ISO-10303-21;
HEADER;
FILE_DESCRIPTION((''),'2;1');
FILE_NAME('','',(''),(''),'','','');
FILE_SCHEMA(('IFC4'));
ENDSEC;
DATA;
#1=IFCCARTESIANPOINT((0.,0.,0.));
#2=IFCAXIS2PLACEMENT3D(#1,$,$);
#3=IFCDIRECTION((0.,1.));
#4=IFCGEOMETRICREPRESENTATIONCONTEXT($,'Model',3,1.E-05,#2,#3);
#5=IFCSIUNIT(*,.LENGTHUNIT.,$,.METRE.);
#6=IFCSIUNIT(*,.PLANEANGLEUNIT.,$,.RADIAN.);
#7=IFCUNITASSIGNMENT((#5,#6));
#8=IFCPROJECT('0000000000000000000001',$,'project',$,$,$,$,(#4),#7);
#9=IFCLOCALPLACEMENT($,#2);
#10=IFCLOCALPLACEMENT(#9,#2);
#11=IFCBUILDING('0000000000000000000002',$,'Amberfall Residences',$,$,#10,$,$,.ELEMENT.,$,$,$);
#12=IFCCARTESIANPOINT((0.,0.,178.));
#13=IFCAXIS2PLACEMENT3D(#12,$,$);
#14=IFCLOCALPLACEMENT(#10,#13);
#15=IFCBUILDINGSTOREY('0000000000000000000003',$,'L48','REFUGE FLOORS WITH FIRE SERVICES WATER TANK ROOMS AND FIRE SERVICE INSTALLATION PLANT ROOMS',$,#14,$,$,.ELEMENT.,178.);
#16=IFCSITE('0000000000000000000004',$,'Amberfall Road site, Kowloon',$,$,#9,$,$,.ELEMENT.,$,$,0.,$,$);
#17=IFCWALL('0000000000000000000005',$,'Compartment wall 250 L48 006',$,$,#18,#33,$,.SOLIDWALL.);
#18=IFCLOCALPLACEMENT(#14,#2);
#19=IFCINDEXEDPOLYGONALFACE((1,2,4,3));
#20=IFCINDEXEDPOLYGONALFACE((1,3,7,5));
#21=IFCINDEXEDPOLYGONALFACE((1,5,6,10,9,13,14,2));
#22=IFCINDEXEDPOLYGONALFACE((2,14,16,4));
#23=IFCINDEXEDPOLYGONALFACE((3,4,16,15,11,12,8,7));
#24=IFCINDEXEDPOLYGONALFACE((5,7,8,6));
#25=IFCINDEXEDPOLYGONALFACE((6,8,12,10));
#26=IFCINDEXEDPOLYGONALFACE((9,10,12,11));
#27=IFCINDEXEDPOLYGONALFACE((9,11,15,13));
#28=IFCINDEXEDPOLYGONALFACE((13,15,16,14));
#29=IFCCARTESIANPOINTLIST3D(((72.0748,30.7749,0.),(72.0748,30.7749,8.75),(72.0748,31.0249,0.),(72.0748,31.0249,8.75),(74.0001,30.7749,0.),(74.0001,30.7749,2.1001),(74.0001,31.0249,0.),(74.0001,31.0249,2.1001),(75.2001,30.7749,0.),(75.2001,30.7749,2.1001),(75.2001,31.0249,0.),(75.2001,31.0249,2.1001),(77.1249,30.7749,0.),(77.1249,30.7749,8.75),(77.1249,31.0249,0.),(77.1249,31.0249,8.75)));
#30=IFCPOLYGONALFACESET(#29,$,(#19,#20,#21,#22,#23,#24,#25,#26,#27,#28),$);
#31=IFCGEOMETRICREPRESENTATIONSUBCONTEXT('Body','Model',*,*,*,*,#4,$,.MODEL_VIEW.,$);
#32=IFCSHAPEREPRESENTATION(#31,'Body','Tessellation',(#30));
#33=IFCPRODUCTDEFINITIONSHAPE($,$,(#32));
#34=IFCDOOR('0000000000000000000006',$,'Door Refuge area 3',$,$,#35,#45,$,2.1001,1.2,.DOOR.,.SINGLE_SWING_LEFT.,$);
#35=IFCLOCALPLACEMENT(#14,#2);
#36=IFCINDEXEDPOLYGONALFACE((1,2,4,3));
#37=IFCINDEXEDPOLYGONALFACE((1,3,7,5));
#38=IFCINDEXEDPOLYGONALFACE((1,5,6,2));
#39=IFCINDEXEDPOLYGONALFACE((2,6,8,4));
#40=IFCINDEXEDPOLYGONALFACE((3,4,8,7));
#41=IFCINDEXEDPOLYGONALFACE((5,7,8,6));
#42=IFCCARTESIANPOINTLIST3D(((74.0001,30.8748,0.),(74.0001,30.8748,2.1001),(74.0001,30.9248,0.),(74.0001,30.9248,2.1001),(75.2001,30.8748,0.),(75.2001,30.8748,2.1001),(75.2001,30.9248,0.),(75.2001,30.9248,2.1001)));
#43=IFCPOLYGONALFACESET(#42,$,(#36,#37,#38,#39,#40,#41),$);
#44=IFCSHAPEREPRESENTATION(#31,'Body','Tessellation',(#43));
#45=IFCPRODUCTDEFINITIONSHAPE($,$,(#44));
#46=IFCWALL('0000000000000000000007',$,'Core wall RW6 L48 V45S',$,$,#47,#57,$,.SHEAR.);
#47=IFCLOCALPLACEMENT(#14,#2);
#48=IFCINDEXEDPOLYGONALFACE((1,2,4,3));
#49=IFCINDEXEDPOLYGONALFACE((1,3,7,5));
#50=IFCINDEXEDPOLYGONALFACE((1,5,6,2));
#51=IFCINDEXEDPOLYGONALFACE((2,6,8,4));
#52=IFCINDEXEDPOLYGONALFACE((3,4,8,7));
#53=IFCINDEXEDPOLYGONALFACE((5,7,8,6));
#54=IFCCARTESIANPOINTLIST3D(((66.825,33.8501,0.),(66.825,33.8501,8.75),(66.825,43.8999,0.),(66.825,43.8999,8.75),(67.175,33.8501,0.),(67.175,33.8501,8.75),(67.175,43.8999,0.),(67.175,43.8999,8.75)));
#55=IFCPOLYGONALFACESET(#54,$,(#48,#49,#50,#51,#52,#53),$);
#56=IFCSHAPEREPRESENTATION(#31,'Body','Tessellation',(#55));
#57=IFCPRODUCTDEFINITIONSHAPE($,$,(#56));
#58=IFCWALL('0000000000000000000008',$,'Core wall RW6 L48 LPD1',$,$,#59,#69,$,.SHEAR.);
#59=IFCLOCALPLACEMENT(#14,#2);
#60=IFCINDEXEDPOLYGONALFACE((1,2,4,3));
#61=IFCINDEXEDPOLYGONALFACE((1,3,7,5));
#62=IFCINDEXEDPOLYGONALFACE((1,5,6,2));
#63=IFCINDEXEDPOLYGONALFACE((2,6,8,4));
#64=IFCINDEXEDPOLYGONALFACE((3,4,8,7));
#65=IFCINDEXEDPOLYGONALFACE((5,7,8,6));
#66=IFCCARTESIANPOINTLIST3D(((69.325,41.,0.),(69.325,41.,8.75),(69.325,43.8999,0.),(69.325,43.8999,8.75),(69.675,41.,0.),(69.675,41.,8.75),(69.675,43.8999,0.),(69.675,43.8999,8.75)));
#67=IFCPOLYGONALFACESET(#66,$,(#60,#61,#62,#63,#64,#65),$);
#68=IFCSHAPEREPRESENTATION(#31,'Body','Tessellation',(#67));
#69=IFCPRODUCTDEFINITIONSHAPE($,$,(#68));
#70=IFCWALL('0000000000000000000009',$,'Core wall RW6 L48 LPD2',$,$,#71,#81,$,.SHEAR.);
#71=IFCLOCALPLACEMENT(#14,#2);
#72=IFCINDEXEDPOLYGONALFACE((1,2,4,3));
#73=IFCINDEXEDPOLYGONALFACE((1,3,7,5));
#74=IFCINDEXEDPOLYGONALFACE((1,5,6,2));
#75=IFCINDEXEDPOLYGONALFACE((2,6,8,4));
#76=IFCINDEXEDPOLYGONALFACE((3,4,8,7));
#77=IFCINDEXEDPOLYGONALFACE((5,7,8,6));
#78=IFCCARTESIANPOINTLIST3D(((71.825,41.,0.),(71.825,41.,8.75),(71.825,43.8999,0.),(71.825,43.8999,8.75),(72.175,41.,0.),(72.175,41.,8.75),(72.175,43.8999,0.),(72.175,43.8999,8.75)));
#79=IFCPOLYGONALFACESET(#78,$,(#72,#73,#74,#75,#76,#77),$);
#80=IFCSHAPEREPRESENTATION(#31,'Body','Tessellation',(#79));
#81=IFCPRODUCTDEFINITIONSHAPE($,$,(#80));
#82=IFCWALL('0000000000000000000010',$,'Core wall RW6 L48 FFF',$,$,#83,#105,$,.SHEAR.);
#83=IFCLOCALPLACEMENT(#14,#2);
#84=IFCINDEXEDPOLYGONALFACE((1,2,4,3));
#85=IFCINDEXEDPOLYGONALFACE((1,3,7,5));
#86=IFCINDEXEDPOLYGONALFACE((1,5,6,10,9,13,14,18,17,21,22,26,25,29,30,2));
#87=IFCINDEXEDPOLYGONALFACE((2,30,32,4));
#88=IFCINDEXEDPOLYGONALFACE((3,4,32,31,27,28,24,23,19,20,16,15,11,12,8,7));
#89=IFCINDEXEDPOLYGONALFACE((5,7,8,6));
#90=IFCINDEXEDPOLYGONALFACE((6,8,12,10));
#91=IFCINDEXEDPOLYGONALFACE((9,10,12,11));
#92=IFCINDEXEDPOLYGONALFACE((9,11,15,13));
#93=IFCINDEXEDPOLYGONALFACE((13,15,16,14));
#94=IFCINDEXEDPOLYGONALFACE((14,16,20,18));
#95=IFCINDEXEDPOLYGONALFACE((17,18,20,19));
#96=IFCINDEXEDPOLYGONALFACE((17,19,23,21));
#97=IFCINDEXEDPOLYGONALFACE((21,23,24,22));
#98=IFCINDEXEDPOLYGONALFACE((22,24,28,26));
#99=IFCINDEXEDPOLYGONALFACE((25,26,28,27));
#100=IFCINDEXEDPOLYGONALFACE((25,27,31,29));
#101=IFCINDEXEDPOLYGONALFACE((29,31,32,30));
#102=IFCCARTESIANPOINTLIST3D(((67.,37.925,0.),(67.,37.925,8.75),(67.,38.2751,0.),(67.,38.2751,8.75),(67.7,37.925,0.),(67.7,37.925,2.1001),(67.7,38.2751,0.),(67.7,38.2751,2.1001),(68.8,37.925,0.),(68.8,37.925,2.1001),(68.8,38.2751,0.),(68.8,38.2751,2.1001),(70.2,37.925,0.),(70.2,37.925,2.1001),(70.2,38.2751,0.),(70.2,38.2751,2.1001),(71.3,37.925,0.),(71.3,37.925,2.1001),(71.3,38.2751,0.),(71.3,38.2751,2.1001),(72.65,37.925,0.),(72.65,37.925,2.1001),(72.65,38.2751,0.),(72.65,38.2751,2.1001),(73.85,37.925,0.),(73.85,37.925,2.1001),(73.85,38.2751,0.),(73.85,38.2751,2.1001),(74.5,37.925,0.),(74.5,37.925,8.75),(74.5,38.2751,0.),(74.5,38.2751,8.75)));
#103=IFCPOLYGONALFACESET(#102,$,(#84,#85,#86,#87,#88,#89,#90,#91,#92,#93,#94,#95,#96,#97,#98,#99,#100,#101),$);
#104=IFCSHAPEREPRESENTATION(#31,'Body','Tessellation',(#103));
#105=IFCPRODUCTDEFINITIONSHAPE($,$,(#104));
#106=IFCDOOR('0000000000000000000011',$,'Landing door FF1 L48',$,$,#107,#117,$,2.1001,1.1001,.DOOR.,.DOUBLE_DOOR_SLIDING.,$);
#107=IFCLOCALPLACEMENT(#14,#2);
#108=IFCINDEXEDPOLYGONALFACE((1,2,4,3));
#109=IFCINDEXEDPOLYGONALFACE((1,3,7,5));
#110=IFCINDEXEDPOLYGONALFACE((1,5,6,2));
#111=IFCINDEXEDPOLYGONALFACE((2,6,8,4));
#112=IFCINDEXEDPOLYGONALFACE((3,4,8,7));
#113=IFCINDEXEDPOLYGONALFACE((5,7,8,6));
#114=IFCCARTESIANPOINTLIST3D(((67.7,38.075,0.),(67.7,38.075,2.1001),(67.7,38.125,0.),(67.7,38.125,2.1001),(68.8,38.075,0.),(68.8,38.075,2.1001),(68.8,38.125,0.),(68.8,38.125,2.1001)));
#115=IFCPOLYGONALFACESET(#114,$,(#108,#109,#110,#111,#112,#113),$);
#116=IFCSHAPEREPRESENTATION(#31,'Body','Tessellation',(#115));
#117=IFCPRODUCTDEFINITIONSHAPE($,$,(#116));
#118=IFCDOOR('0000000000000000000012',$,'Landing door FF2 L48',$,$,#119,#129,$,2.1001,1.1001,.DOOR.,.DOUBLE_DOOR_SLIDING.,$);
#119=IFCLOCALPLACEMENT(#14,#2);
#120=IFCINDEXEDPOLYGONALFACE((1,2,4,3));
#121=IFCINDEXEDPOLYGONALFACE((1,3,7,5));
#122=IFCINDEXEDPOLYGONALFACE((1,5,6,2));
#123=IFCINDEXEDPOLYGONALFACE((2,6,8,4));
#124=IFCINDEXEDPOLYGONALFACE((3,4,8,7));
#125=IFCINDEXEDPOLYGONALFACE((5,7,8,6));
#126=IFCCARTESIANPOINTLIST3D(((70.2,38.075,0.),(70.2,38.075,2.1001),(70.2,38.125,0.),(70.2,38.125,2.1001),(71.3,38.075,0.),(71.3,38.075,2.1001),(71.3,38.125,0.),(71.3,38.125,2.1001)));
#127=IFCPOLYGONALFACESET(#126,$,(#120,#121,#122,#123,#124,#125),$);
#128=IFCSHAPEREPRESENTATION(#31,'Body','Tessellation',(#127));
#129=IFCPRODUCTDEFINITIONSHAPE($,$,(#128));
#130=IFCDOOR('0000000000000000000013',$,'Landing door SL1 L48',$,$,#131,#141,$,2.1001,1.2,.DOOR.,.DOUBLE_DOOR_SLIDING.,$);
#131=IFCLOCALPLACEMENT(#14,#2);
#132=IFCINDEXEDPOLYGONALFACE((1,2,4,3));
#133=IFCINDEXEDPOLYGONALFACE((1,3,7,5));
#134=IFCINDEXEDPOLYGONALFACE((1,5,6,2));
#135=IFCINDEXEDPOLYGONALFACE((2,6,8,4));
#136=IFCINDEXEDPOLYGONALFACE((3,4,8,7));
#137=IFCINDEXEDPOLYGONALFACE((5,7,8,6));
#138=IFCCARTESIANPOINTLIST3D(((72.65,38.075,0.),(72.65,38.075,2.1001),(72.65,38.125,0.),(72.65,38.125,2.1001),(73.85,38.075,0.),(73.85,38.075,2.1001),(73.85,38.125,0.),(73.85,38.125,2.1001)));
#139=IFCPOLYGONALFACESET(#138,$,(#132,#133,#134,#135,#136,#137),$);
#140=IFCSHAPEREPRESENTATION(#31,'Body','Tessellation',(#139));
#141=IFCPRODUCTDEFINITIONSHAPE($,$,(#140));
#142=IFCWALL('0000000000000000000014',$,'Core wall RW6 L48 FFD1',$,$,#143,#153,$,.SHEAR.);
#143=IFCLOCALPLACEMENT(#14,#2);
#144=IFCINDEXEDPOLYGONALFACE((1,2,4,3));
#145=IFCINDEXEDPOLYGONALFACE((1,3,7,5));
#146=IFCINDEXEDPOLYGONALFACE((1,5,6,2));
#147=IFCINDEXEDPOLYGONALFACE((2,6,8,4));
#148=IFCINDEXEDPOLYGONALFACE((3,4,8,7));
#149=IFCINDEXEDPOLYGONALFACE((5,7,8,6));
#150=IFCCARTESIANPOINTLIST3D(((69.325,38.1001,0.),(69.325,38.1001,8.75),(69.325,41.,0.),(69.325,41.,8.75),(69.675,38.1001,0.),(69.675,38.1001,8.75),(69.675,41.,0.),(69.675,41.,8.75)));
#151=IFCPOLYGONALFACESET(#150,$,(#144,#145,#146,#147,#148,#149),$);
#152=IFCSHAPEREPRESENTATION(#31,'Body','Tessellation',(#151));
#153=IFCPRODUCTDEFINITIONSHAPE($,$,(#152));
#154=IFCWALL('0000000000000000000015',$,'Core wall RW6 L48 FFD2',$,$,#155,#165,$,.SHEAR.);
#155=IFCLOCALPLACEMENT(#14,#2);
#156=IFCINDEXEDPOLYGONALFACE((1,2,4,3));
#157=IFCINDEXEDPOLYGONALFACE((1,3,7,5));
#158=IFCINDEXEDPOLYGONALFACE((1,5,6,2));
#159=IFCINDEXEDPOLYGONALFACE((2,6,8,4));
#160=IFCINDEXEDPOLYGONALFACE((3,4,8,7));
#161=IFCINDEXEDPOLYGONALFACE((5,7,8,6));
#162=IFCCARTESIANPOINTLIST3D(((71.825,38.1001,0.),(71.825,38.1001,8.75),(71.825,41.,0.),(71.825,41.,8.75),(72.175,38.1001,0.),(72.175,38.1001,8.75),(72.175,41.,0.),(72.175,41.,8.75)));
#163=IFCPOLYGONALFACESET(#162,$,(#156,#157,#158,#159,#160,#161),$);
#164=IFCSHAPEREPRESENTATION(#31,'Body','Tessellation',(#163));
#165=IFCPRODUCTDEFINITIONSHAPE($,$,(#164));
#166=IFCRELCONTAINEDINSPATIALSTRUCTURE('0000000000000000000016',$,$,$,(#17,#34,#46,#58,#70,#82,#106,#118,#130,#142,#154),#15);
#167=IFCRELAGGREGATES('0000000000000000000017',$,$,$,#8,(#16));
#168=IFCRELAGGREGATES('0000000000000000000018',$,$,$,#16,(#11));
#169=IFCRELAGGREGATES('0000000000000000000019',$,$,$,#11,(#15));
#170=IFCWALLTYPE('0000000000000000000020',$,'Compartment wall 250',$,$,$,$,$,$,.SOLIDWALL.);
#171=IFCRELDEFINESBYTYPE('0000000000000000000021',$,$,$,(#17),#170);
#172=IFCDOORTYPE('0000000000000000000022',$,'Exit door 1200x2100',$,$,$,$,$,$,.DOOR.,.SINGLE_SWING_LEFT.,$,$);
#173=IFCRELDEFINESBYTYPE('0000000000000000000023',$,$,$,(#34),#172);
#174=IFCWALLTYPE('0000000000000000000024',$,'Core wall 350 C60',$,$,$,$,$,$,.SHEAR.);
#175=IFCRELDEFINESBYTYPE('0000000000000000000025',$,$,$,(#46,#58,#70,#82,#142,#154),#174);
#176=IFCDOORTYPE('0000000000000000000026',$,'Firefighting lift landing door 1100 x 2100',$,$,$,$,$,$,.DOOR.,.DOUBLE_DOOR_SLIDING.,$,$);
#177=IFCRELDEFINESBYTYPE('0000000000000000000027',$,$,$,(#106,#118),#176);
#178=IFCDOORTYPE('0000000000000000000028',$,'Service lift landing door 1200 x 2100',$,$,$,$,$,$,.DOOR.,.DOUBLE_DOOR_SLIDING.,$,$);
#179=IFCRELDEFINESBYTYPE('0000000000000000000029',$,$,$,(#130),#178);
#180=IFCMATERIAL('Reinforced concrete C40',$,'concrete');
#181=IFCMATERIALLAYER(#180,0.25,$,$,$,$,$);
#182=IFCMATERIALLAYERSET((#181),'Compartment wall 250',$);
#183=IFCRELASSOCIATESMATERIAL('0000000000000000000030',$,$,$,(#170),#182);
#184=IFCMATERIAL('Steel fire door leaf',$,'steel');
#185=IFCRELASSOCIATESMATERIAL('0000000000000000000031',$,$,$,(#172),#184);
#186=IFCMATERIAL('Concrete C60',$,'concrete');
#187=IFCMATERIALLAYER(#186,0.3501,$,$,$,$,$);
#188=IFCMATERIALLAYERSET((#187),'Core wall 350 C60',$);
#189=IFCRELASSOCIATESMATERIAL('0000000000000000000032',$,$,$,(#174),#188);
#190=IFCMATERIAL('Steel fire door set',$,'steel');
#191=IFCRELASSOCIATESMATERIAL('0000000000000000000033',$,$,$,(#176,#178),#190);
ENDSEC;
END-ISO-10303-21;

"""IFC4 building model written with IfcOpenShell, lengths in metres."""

from ifc_helpers import new_model, si_unit, direction, frame, frame_2d, origin, place, context, subcontext, project, spatial, rectangle, extrude, material, layer, layer_set, type_object, element, fill, save


model = new_model("IFC4")

# Units and contexts
model_context = context("Model", 3, precision=1e-05, world=origin(), true_north=direction((0.0, 1.0)))
body_context = subcontext(model_context, "Body", "Model", "MODEL_VIEW")
ifc_project = project(units=[si_unit("LENGTHUNIT", "METRE"), si_unit("PLANEANGLEUNIT", "RADIAN")], contexts=[model_context])

# Site, building, storey
site_placement = place(None, origin())
site = spatial("IfcSite", under=ifc_project, at=site_placement, Name="Amberfall Road site, Kowloon", CompositionType="ELEMENT", RefElevation=0.0)
building_placement = place(site_placement, origin())
building = spatial("IfcBuilding", under=site, at=building_placement, Name="Amberfall Residences", CompositionType="ELEMENT")
storey_placement = place(building_placement, frame((0.0, 0.0, 178.0)))
storey = spatial("IfcBuildingStorey", under=building, at=storey_placement, Name="L48", Description="REFUGE FLOORS WITH FIRE SERVICES WATER TANK ROOMS AND FIRE SERVICE INSTALLATION PLANT ROOMS", CompositionType="ELEMENT", Elevation=178.0)

# Wall, opening, door
ifc_material_1 = material(Name="Reinforced concrete C40", Category="concrete")
ifc_layer_1 = layer(ifc_material_1, 0.25)
ifc_layer_set_1 = layer_set([ifc_layer_1], Name="Compartment wall 250")
wall_type_1 = type_object("IfcWallType", Name="Compartment wall 250", PredefinedType="SOLIDWALL", material=ifc_layer_set_1)
wall_1_placement = place(storey_placement, frame((72.075, 30.8999, 0.0), z_axis=(0.0, 0.0, 1.0), x_axis=(1.0, 0.0, 0.0)))
wall_1 = element("IfcWall", 1, at=wall_1_placement, inside=storey, type_object=wall_type_1, Name="Compartment wall 250 L48 006", PredefinedType="SOLIDWALL", context=body_context, shape_type="SweptSolid", body=[
    extrude(rectangle(XDim=5.05, YDim=0.25, at=frame_2d((2.5249, 0.0))), origin(), (0.0, 0.0, 1.0), 8.75),
])
opening_1_placement = place(wall_1_placement, frame((1.925, 0.0, 0.0)))
opening_1 = element("IfcOpeningElement", 2, at=opening_1_placement, cuts=wall_1, PredefinedType="OPENING", context=body_context, shape_type="SweptSolid", body=[
    extrude(rectangle(XDim=1.2, YDim=2.1001, at=frame_2d((0.6001, 1.05))), frame((0.0, 0.135, 0.0), z_axis=(0.0, -1.0, 0.0), x_axis=(1.0, 0.0, 0.0)), (0.0, 0.0, 1.0), 0.27),
])
ifc_material_2 = material(Name="Steel fire door leaf", Category="steel")
door_type_1 = type_object("IfcDoorType", Name="Exit door 1200x2100", OperationType="SINGLE_SWING_LEFT", PredefinedType="DOOR", material=ifc_material_2)
door_1_placement = place(opening_1_placement, origin())
door_1 = element("IfcDoor", 3, at=door_1_placement, inside=storey, type_object=door_type_1, Name="Door Refuge area 3", OperationType="SINGLE_SWING_LEFT", OverallHeight=2.1001, OverallWidth=1.2, PredefinedType="DOOR", context=body_context, shape_type="SweptSolid", body=[
    extrude(rectangle(XDim=1.2, YDim=2.1001, at=frame_2d((0.6001, 1.05))), frame((0.0, 0.0249, 0.0), z_axis=(0.0, -1.0, 0.0), x_axis=(1.0, 0.0, 0.0)), (0.0, 0.0, 1.0), 0.05),
])
fill(opening_1, door_1)

# Walls
ifc_material_3 = material(Name="Concrete C60", Category="concrete")
ifc_layer_2 = layer(ifc_material_3, 0.3501)
ifc_layer_set_2 = layer_set([ifc_layer_2], Name="Core wall 350 C60")
wall_type_2 = type_object("IfcWallType", Name="Core wall 350 C60", PredefinedType="SHEAR", material=ifc_layer_set_2)
wall_2_placement = place(storey_placement, frame((67.0, 33.8501, 0.0), z_axis=(0.0, 0.0, 1.0), x_axis=(0.0, 1.0, 0.0)))
element("IfcWall", 4, at=wall_2_placement, inside=storey, type_object=wall_type_2, Name="Core wall RW6 L48 V45S", PredefinedType="SHEAR", context=body_context, shape_type="SweptSolid", body=[
    extrude(rectangle(XDim=10.0498, YDim=0.3501, at=frame_2d((5.0249, 0.0))), origin(), (0.0, 0.0, 1.0), 8.75),
])
for number, where, z_axis, x_axis, name in (
    (5, (69.5, 41.0, 0.0), (0.0, 0.0, 1.0), (0.0, 1.0, 0.0), "Core wall RW6 L48 LPD1"),
    (6, (72.0, 41.0, 0.0), (0.0, 0.0, 1.0), (0.0, 1.0, 0.0), "Core wall RW6 L48 LPD2"),
):
    element("IfcWall", number, at=place(storey_placement, frame(where, z_axis=z_axis, x_axis=x_axis)), inside=storey, type_object=wall_type_2, Name=name, PredefinedType="SHEAR", context=body_context, shape_type="SweptSolid", body=[
        extrude(rectangle(XDim=2.8999, YDim=0.3501, at=frame_2d((1.45, 0.0))), origin(), (0.0, 0.0, 1.0), 8.75),
    ])

# Wall, openings, doors
wall_3_placement = place(storey_placement, frame((67.0, 38.1001, 0.0), z_axis=(0.0, 0.0, 1.0), x_axis=(1.0, 0.0, 0.0)))
wall_3 = element("IfcWall", 7, at=wall_3_placement, inside=storey, type_object=wall_type_2, Name="Core wall RW6 L48 FFF", PredefinedType="SHEAR", context=body_context, shape_type="SweptSolid", body=[
    extrude(rectangle(XDim=7.5, YDim=0.3501, at=frame_2d((3.75, 0.0))), origin(), (0.0, 0.0, 1.0), 8.75),
])
opening_2_placement = place(wall_3_placement, frame((0.7, 0.0, 0.0)))
opening_2 = element("IfcOpeningElement", 8, at=opening_2_placement, cuts=wall_3, PredefinedType="OPENING", context=body_context, shape_type="SweptSolid", body=[
    extrude(rectangle(XDim=1.1001, YDim=2.1001, at=frame_2d((0.55, 1.05))), frame((0.0, 0.1851, 0.0), z_axis=(0.0, -1.0, 0.0), x_axis=(1.0, 0.0, 0.0)), (0.0, 0.0, 1.0), 0.3701),
])
opening_3_placement = place(wall_3_placement, frame((3.2, 0.0, 0.0)))
opening_3 = element("IfcOpeningElement", 9, at=opening_3_placement, cuts=wall_3, PredefinedType="OPENING", context=body_context, shape_type="SweptSolid", body=[
    extrude(rectangle(XDim=1.1001, YDim=2.1001, at=frame_2d((0.55, 1.05))), frame((0.0, 0.1851, 0.0), z_axis=(0.0, -1.0, 0.0), x_axis=(1.0, 0.0, 0.0)), (0.0, 0.0, 1.0), 0.3701),
])
opening_4_placement = place(wall_3_placement, frame((5.6499, 0.0, 0.0)))
opening_4 = element("IfcOpeningElement", 10, at=opening_4_placement, cuts=wall_3, PredefinedType="OPENING", context=body_context, shape_type="SweptSolid", body=[
    extrude(rectangle(XDim=1.2, YDim=2.1001, at=frame_2d((0.6001, 1.05))), frame((0.0, 0.1851, 0.0), z_axis=(0.0, -1.0, 0.0), x_axis=(1.0, 0.0, 0.0)), (0.0, 0.0, 1.0), 0.3701),
])
ifc_material_4 = material(Name="Steel fire door set", Category="steel")
door_type_2 = type_object("IfcDoorType", Name="Firefighting lift landing door 1100 x 2100", OperationType="DOUBLE_DOOR_SLIDING", PredefinedType="DOOR", material=ifc_material_4)
door_2_placement = place(opening_2_placement, origin())
door_2 = element("IfcDoor", 11, at=door_2_placement, inside=storey, type_object=door_type_2, Name="Landing door FF1 L48", OperationType="DOUBLE_DOOR_SLIDING", OverallHeight=2.1001, OverallWidth=1.1001, PredefinedType="DOOR", context=body_context, shape_type="SweptSolid", body=[
    extrude(rectangle(XDim=1.1001, YDim=2.1001, at=frame_2d((0.55, 1.05))), frame((0.0, 0.0249, 0.0), z_axis=(0.0, -1.0, 0.0), x_axis=(1.0, 0.0, 0.0)), (0.0, 0.0, 1.0), 0.05),
])
fill(opening_2, door_2)
door_3_placement = place(opening_3_placement, origin())
door_3 = element("IfcDoor", 12, at=door_3_placement, inside=storey, type_object=door_type_2, Name="Landing door FF2 L48", OperationType="DOUBLE_DOOR_SLIDING", OverallHeight=2.1001, OverallWidth=1.1001, PredefinedType="DOOR", context=body_context, shape_type="SweptSolid", body=[
    extrude(rectangle(XDim=1.1001, YDim=2.1001, at=frame_2d((0.55, 1.05))), frame((0.0, 0.0249, 0.0), z_axis=(0.0, -1.0, 0.0), x_axis=(1.0, 0.0, 0.0)), (0.0, 0.0, 1.0), 0.05),
])
fill(opening_3, door_3)
door_type_3 = type_object("IfcDoorType", Name="Service lift landing door 1200 x 2100", OperationType="DOUBLE_DOOR_SLIDING", PredefinedType="DOOR", material=ifc_material_4)
door_4_placement = place(opening_4_placement, origin())
door_4 = element("IfcDoor", 13, at=door_4_placement, inside=storey, type_object=door_type_3, Name="Landing door SL1 L48", OperationType="DOUBLE_DOOR_SLIDING", OverallHeight=2.1001, OverallWidth=1.2, PredefinedType="DOOR", context=body_context, shape_type="SweptSolid", body=[
    extrude(rectangle(XDim=1.2, YDim=2.1001, at=frame_2d((0.6001, 1.05))), frame((0.0, 0.0249, 0.0), z_axis=(0.0, -1.0, 0.0), x_axis=(1.0, 0.0, 0.0)), (0.0, 0.0, 1.0), 0.05),
])
fill(opening_4, door_4)

# Walls
for number, where, z_axis, x_axis, name in (
    (14, (69.5, 38.1001, 0.0), (0.0, 0.0, 1.0), (0.0, 1.0, 0.0), "Core wall RW6 L48 FFD1"),
    (15, (72.0, 38.1001, 0.0), (0.0, 0.0, 1.0), (0.0, 1.0, 0.0), "Core wall RW6 L48 FFD2"),
):
    element("IfcWall", number, at=place(storey_placement, frame(where, z_axis=z_axis, x_axis=x_axis)), inside=storey, type_object=wall_type_2, Name=name, PredefinedType="SHEAR", context=body_context, shape_type="SweptSolid", body=[
        extrude(rectangle(XDim=2.8999, YDim=0.3501, at=frame_2d((1.45, 0.0))), origin(), (0.0, 0.0, 1.0), 8.75),
    ])

save(model, "model.ifc")
